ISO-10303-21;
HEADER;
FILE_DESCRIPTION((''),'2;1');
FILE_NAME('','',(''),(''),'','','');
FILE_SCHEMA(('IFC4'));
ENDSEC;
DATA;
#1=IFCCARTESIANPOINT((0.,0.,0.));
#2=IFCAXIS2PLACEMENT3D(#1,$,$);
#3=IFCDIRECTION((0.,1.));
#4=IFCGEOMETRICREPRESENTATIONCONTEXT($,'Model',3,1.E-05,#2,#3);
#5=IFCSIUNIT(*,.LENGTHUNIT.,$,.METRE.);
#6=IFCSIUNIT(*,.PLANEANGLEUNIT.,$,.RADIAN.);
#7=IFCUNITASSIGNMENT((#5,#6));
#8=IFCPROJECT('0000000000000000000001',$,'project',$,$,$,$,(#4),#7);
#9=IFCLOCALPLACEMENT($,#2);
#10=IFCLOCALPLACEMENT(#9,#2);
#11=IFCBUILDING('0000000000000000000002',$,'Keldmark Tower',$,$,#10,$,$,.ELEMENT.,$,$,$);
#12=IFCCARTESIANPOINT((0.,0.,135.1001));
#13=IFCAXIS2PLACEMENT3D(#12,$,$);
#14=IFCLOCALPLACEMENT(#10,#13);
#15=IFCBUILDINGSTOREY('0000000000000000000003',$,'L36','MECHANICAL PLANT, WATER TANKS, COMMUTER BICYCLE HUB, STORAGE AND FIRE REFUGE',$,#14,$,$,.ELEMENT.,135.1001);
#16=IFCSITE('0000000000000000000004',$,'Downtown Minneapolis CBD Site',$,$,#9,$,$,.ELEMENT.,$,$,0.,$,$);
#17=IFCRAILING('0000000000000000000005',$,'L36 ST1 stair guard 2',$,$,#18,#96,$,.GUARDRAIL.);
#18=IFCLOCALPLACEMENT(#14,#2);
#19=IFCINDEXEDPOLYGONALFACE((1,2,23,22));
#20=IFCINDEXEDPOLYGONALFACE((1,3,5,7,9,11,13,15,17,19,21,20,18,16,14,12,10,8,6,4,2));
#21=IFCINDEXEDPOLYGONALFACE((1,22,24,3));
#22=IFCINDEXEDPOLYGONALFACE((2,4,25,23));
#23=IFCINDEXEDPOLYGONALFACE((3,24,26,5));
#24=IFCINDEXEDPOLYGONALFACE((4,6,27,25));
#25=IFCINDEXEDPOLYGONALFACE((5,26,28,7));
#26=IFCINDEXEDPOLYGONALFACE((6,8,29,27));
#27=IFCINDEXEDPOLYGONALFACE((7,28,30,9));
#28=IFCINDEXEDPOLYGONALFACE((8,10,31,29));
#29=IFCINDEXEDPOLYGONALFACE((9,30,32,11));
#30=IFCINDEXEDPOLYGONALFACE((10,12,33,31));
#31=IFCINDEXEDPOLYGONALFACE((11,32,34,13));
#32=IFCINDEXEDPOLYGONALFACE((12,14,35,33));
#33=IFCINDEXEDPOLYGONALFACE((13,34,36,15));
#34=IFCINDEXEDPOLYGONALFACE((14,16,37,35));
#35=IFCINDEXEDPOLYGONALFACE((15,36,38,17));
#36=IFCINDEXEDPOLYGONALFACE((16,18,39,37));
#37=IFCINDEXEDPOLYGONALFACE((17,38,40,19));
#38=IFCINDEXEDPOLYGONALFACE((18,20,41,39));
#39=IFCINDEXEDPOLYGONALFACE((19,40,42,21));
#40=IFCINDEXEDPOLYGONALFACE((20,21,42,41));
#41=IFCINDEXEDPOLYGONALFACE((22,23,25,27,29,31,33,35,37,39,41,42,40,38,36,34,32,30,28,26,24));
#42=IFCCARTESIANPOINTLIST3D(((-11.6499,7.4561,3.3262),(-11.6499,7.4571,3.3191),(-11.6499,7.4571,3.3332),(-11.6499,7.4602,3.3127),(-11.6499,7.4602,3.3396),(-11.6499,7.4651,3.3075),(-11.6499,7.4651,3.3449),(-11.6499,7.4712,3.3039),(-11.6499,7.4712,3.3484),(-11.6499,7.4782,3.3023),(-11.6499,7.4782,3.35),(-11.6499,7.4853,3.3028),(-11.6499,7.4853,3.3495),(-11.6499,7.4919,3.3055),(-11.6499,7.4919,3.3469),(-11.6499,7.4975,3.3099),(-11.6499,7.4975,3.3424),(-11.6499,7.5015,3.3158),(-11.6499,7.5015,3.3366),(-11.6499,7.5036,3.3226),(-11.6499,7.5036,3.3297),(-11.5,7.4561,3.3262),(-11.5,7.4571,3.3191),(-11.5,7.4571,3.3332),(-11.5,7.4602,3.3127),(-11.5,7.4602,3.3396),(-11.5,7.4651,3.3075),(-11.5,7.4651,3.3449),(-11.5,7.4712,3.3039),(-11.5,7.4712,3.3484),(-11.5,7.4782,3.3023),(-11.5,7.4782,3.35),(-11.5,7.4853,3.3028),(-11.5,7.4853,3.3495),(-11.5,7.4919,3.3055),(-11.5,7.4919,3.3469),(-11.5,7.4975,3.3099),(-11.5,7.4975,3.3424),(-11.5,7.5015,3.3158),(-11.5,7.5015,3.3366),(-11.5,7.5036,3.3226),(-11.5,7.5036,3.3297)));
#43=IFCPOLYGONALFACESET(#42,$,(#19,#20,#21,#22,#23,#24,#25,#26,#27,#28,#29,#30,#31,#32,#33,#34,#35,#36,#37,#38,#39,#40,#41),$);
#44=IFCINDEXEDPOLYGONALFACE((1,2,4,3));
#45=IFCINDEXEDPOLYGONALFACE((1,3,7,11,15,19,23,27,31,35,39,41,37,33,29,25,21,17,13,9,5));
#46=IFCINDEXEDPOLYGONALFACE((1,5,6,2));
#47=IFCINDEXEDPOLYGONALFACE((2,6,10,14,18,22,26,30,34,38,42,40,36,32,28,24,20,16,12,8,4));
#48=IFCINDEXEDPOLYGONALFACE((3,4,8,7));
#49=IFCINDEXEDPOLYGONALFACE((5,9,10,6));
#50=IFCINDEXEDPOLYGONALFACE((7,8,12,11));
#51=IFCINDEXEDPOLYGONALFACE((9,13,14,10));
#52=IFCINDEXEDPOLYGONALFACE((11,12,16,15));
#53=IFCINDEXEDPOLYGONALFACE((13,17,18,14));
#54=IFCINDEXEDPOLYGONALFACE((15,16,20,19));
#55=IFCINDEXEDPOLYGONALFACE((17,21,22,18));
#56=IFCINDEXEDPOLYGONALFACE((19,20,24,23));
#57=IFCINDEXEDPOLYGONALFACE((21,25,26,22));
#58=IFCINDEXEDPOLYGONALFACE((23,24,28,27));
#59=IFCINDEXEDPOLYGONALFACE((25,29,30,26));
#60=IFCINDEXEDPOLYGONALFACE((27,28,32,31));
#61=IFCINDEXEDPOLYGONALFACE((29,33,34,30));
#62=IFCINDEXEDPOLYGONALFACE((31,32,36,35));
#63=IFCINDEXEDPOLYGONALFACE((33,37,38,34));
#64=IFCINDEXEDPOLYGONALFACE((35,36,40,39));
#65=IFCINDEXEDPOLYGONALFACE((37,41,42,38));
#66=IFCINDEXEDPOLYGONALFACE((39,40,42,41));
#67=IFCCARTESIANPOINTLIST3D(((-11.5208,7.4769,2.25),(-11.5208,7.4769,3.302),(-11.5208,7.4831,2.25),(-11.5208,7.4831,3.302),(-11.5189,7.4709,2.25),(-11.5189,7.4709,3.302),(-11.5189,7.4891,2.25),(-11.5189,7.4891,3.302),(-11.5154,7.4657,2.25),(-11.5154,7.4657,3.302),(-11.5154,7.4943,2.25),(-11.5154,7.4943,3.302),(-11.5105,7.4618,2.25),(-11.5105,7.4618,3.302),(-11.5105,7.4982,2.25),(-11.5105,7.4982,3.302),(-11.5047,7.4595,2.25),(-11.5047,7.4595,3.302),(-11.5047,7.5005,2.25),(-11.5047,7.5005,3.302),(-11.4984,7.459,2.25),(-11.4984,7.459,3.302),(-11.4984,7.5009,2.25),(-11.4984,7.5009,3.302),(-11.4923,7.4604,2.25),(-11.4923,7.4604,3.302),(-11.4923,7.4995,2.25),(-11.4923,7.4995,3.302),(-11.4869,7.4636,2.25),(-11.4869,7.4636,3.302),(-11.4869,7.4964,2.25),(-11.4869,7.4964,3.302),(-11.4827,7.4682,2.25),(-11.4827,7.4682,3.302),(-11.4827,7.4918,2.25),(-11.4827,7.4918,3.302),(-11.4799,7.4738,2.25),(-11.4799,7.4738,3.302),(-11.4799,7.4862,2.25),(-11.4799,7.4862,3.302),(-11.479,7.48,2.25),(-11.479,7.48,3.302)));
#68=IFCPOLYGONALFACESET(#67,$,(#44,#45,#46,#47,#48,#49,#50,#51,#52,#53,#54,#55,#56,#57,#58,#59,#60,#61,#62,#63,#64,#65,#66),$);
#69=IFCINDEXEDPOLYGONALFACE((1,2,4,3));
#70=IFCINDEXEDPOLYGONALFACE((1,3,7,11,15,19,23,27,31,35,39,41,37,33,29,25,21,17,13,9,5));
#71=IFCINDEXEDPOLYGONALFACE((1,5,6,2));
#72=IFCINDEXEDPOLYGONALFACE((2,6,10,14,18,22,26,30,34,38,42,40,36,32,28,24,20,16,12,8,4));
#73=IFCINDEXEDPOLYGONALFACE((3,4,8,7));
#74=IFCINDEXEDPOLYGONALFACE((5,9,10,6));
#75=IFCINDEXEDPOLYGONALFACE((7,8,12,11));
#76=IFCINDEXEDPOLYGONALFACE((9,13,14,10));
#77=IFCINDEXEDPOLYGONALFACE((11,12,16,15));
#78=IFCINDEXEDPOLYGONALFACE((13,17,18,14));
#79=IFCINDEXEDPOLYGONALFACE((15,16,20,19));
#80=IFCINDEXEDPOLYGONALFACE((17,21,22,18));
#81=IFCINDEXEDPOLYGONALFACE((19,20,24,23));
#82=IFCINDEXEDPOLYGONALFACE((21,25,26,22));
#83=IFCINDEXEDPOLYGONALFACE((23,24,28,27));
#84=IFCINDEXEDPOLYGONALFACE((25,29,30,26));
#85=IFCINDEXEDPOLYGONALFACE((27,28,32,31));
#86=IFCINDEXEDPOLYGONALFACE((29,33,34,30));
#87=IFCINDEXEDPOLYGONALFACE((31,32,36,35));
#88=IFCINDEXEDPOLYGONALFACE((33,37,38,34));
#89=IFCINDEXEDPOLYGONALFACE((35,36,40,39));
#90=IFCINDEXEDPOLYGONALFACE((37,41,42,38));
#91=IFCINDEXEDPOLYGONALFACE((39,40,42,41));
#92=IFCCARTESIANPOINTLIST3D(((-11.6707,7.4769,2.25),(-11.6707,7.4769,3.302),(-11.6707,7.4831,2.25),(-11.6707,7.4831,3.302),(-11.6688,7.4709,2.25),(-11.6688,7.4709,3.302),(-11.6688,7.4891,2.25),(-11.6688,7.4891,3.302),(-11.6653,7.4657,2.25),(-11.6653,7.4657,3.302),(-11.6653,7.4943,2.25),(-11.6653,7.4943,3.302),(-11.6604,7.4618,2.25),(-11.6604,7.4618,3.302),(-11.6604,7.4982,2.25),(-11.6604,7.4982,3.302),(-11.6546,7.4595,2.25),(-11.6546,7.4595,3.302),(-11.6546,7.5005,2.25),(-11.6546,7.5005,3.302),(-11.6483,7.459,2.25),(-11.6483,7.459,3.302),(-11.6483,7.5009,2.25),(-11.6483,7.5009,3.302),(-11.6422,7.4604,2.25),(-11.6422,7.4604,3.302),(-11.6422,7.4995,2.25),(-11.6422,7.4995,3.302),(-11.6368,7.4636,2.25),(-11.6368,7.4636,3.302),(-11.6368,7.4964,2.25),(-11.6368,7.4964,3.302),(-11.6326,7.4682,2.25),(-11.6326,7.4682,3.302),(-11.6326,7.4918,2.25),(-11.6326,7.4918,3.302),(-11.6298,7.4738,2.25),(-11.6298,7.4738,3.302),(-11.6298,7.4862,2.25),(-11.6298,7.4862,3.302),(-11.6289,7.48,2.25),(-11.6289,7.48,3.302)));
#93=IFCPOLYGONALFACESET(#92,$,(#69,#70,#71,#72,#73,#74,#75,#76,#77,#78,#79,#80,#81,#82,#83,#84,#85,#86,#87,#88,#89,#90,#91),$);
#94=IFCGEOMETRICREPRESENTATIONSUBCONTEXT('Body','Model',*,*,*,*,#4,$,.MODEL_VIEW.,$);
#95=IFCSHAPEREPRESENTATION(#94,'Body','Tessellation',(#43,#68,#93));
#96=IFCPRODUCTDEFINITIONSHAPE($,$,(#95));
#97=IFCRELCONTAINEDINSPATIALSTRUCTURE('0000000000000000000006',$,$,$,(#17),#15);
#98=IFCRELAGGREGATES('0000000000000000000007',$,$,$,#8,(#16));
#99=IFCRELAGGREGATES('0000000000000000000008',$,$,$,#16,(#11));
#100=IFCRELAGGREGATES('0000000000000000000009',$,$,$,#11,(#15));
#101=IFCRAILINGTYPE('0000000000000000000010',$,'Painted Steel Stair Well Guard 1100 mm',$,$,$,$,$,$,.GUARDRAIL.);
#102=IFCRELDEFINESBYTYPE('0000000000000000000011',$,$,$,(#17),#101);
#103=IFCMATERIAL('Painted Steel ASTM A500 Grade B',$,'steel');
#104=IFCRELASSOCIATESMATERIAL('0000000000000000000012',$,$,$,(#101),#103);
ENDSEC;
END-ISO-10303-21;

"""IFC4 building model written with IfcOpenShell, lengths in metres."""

from ifc_helpers import new_model, si_unit, direction, frame, origin, origin_2d, place, context, subcontext, project, spatial, circle, extrude, material, type_object, element, save


model = new_model("IFC4")

# Units and contexts
model_context = context("Model", 3, precision=1e-05, world=origin(), true_north=direction((0.0, 1.0)))
body_context = subcontext(model_context, "Body", "Model", "MODEL_VIEW")
ifc_project = project(units=[si_unit("LENGTHUNIT", "METRE"), si_unit("PLANEANGLEUNIT", "RADIAN")], contexts=[model_context])

# Site, building, storey
site_placement = place(None, origin())
site = spatial("IfcSite", under=ifc_project, at=site_placement, Name="Downtown Minneapolis CBD Site", CompositionType="ELEMENT", RefElevation=0.0)
building_placement = place(site_placement, origin())
building = spatial("IfcBuilding", under=site, at=building_placement, Name="Keldmark Tower", CompositionType="ELEMENT")
storey_placement = place(building_placement, frame((0.0, 0.0, 135.1001)))
storey = spatial("IfcBuildingStorey", under=building, at=storey_placement, Name="L36", Description="MECHANICAL PLANT, WATER TANKS, COMMUTER BICYCLE HUB, STORAGE AND FIRE REFUGE", CompositionType="ELEMENT", Elevation=135.1001)

# Railing
ifc_material_1 = material(Name="Painted Steel ASTM A500 Grade B", Category="steel")
railing_type_1 = type_object("IfcRailingType", Name="Painted Steel Stair Well Guard 1100 mm", PredefinedType="GUARDRAIL", material=ifc_material_1)
railing_1_placement = place(storey_placement, frame((-11.5, 7.48, 2.25)))
element("IfcRailing", 1, at=railing_1_placement, inside=storey, type_object=railing_type_1, Name="L36 ST1 stair guard 2", PredefinedType="GUARDRAIL", context=body_context, shape_type="SweptSolid", body=[
    extrude(circle(Radius=0.0239, at=origin_2d()), frame((0.0, 0.0, 1.0762), z_axis=(-1.0, 0.0, 0.0), x_axis=(0.0, -1.0, 0.0)), (0.0, 0.0, 1.0), 0.1499),
    extrude(circle(Radius=0.021, at=origin_2d()), origin(), (0.0, 0.0, 1.0), 1.052),
    extrude(circle(Radius=0.021, at=origin_2d()), frame((-0.1499, 0.0, 0.0)), (0.0, 0.0, 1.0), 1.052),
])

save(model, "model.ifc")
